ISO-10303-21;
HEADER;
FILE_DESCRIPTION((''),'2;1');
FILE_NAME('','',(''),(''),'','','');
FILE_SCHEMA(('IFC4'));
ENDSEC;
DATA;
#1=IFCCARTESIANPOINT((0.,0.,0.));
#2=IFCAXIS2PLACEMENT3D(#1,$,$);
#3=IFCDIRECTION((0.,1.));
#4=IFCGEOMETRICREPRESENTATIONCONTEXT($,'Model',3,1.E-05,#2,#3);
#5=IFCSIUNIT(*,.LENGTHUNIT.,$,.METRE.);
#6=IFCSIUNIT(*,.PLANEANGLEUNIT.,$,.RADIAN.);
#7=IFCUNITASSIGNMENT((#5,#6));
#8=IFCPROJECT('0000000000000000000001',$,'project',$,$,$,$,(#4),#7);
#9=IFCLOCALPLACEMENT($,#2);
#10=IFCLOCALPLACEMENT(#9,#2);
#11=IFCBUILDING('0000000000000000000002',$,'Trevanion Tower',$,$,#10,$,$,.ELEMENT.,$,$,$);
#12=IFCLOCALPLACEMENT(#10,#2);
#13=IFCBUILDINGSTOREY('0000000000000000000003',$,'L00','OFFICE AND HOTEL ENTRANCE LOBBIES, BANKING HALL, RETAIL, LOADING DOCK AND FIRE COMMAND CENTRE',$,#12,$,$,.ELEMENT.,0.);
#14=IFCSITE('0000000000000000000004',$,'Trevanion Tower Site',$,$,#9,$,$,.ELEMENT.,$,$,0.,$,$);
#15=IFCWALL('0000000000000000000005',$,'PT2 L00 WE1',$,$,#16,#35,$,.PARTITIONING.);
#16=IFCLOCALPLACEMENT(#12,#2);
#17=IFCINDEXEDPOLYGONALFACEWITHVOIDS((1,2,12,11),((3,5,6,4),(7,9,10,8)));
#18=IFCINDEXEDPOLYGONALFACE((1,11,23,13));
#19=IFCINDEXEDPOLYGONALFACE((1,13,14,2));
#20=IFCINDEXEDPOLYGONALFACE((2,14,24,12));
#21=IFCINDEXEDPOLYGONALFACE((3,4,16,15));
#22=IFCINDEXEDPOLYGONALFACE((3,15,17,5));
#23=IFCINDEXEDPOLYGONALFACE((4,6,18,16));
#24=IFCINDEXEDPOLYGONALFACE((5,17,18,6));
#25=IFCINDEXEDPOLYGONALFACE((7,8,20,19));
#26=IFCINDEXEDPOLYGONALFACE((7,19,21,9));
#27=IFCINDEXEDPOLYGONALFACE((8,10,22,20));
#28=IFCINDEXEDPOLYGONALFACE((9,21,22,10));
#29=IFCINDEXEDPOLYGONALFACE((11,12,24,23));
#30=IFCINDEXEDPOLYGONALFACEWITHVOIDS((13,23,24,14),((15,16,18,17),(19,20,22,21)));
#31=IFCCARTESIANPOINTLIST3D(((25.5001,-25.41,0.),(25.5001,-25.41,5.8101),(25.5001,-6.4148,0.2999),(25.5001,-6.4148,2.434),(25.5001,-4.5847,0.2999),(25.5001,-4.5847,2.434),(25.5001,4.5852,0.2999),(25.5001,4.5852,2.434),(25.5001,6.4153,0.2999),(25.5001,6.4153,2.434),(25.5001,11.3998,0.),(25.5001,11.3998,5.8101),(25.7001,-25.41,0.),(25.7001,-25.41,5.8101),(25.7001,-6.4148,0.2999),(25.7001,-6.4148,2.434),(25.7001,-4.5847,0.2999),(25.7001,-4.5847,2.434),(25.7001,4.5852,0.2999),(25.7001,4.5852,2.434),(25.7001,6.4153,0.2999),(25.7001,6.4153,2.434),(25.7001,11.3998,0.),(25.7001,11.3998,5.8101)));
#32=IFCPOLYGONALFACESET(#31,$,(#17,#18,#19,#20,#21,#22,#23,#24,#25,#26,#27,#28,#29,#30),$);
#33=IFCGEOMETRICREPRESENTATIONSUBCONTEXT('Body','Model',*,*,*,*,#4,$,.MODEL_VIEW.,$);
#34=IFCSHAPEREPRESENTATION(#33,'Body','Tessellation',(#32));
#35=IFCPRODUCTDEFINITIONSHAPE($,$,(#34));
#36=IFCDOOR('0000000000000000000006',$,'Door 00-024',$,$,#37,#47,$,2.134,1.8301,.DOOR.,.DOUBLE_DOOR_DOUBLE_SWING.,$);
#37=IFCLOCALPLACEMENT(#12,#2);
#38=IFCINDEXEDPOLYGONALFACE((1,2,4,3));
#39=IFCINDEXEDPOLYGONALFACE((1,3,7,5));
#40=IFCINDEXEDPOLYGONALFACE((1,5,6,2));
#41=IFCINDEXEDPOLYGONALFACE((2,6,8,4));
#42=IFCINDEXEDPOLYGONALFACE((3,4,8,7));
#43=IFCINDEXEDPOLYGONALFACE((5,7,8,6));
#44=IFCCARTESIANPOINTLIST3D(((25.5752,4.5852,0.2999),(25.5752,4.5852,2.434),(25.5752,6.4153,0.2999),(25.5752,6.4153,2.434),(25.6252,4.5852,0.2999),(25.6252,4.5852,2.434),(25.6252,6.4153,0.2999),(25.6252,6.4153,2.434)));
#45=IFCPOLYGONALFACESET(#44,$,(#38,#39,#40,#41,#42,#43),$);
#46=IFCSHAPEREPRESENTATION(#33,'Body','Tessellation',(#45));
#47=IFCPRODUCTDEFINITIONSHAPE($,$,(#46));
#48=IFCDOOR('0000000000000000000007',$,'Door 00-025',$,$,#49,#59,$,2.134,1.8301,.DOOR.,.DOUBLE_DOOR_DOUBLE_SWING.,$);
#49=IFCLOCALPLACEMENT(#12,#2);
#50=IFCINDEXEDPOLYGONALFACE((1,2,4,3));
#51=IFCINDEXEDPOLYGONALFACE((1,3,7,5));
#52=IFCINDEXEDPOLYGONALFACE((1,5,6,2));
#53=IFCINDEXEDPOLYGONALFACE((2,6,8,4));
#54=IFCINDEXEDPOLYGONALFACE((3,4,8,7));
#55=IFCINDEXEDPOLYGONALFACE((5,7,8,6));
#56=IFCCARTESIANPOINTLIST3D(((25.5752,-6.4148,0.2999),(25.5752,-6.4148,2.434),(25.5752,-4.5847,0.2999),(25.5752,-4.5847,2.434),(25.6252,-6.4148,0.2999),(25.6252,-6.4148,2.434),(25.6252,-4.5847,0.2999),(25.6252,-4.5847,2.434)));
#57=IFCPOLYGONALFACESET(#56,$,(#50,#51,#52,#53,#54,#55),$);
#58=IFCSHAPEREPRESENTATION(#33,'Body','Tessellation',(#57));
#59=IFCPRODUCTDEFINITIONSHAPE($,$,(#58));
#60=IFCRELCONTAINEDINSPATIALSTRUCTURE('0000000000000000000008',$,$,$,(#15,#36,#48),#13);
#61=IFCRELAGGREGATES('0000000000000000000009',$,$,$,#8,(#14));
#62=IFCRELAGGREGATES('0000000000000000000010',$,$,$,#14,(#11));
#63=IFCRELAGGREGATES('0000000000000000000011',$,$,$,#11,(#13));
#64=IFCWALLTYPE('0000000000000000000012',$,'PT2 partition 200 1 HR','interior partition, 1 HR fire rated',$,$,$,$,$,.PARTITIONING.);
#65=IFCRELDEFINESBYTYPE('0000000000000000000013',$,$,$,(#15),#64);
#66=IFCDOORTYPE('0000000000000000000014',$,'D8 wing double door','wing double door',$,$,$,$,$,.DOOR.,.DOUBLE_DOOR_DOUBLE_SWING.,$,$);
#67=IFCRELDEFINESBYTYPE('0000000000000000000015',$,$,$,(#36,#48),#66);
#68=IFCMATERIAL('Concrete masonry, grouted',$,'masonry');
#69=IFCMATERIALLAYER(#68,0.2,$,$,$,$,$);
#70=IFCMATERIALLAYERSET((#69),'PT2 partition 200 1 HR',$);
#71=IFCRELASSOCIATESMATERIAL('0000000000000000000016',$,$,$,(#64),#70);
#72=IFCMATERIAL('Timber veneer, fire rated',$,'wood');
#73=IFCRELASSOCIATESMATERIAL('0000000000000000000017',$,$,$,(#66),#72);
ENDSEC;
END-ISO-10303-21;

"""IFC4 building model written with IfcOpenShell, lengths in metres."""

from ifc_helpers import new_model, si_unit, direction, frame, frame_2d, origin, place, context, subcontext, project, spatial, rectangle, extrude, material, layer, layer_set, type_object, element, fill, save


model = new_model("IFC4")

# Units and contexts
model_context = context("Model", 3, precision=1e-05, world=origin(), true_north=direction((0.0, 1.0)))
body_context = subcontext(model_context, "Body", "Model", "MODEL_VIEW")
ifc_project = project(units=[si_unit("LENGTHUNIT", "METRE"), si_unit("PLANEANGLEUNIT", "RADIAN")], contexts=[model_context])

# Site, building, storey
site_placement = place(None, origin())
site = spatial("IfcSite", under=ifc_project, at=site_placement, Name="Trevanion Tower Site", CompositionType="ELEMENT", RefElevation=0.0)
building_placement = place(site_placement, origin())
building = spatial("IfcBuilding", under=site, at=building_placement, Name="Trevanion Tower", CompositionType="ELEMENT")
storey_placement = place(building_placement, origin())
storey = spatial("IfcBuildingStorey", under=building, at=storey_placement, Name="L00", Description="OFFICE AND HOTEL ENTRANCE LOBBIES, BANKING HALL, RETAIL, LOADING DOCK AND FIRE COMMAND CENTRE", CompositionType="ELEMENT", Elevation=0.0)

# Wall, openings, doors
ifc_material_1 = material(Name="Concrete masonry, grouted", Category="masonry")
ifc_layer = layer(ifc_material_1, 0.2)
ifc_layer_set = layer_set([ifc_layer], Name="PT2 partition 200 1 HR")
wall_type = type_object("IfcWallType", Name="PT2 partition 200 1 HR", Description="interior partition, 1 HR fire rated", PredefinedType="PARTITIONING", material=ifc_layer_set)
wall_placement = place(storey_placement, frame((25.6001, -25.4099, 0.0), z_axis=(0.0, 0.0, 1.0), x_axis=(0.0, 1.0, 0.0)))
wall = element("IfcWall", 1, at=wall_placement, inside=storey, type_object=wall_type, Name="PT2 L00 WE1", PredefinedType="PARTITIONING", context=body_context, shape_type="SweptSolid", body=[
    extrude(rectangle(XDim=36.8098, YDim=0.2, at=frame_2d((18.4048, 0.0))), origin(), (0.0, 0.0, 1.0), 5.8101),
])
opening_1_placement = place(wall_placement, frame((29.9951, 0.0, 0.3)))
opening_1 = element("IfcOpeningElement", 2, at=opening_1_placement, cuts=wall, PredefinedType="OPENING", context=body_context, shape_type="SweptSolid", body=[
    extrude(rectangle(XDim=1.8301, YDim=2.134, at=frame_2d((0.915, 1.0669))), frame((0.0, 0.1099, 0.0), z_axis=(0.0, -1.0, 0.0), x_axis=(1.0, 0.0, 0.0)), (0.0, 0.0, 1.0), 0.22),
])
opening_2_placement = place(wall_placement, frame((18.9951, 0.0, 0.3)))
opening_2 = element("IfcOpeningElement", 3, at=opening_2_placement, cuts=wall, PredefinedType="OPENING", context=body_context, shape_type="SweptSolid", body=[
    extrude(rectangle(XDim=1.8301, YDim=2.134, at=frame_2d((0.915, 1.0669))), frame((0.0, 0.1099, 0.0), z_axis=(0.0, -1.0, 0.0), x_axis=(1.0, 0.0, 0.0)), (0.0, 0.0, 1.0), 0.22),
])
ifc_material_2 = material(Name="Timber veneer, fire rated", Category="wood")
door_type = type_object("IfcDoorType", Name="D8 wing double door", Description="wing double door", OperationType="DOUBLE_DOOR_DOUBLE_SWING", PredefinedType="DOOR", material=ifc_material_2)
door_1_placement = place(opening_1_placement, origin())
door_1 = element("IfcDoor", 4, at=door_1_placement, inside=storey, type_object=door_type, Name="Door 00-024", OperationType="DOUBLE_DOOR_DOUBLE_SWING", OverallHeight=2.134, OverallWidth=1.8301, PredefinedType="DOOR", context=body_context, shape_type="SweptSolid", body=[
    extrude(rectangle(XDim=1.8301, YDim=2.134, at=frame_2d((0.915, 1.0669))), frame((0.0, 0.0249, 0.0), z_axis=(0.0, -1.0, 0.0), x_axis=(1.0, 0.0, 0.0)), (0.0, 0.0, 1.0), 0.05),
])
fill(opening_1, door_1)
door_2_placement = place(opening_2_placement, origin())
door_2 = element("IfcDoor", 5, at=door_2_placement, inside=storey, type_object=door_type, Name="Door 00-025", OperationType="DOUBLE_DOOR_DOUBLE_SWING", OverallHeight=2.134, OverallWidth=1.8301, PredefinedType="DOOR", context=body_context, shape_type="SweptSolid", body=[
    extrude(rectangle(XDim=1.8301, YDim=2.134, at=frame_2d((0.915, 1.0669))), frame((0.0, 0.0249, 0.0), z_axis=(0.0, -1.0, 0.0), x_axis=(1.0, 0.0, 0.0)), (0.0, 0.0, 1.0), 0.05),
])
fill(opening_2, door_2)

save(model, "model.ifc")
